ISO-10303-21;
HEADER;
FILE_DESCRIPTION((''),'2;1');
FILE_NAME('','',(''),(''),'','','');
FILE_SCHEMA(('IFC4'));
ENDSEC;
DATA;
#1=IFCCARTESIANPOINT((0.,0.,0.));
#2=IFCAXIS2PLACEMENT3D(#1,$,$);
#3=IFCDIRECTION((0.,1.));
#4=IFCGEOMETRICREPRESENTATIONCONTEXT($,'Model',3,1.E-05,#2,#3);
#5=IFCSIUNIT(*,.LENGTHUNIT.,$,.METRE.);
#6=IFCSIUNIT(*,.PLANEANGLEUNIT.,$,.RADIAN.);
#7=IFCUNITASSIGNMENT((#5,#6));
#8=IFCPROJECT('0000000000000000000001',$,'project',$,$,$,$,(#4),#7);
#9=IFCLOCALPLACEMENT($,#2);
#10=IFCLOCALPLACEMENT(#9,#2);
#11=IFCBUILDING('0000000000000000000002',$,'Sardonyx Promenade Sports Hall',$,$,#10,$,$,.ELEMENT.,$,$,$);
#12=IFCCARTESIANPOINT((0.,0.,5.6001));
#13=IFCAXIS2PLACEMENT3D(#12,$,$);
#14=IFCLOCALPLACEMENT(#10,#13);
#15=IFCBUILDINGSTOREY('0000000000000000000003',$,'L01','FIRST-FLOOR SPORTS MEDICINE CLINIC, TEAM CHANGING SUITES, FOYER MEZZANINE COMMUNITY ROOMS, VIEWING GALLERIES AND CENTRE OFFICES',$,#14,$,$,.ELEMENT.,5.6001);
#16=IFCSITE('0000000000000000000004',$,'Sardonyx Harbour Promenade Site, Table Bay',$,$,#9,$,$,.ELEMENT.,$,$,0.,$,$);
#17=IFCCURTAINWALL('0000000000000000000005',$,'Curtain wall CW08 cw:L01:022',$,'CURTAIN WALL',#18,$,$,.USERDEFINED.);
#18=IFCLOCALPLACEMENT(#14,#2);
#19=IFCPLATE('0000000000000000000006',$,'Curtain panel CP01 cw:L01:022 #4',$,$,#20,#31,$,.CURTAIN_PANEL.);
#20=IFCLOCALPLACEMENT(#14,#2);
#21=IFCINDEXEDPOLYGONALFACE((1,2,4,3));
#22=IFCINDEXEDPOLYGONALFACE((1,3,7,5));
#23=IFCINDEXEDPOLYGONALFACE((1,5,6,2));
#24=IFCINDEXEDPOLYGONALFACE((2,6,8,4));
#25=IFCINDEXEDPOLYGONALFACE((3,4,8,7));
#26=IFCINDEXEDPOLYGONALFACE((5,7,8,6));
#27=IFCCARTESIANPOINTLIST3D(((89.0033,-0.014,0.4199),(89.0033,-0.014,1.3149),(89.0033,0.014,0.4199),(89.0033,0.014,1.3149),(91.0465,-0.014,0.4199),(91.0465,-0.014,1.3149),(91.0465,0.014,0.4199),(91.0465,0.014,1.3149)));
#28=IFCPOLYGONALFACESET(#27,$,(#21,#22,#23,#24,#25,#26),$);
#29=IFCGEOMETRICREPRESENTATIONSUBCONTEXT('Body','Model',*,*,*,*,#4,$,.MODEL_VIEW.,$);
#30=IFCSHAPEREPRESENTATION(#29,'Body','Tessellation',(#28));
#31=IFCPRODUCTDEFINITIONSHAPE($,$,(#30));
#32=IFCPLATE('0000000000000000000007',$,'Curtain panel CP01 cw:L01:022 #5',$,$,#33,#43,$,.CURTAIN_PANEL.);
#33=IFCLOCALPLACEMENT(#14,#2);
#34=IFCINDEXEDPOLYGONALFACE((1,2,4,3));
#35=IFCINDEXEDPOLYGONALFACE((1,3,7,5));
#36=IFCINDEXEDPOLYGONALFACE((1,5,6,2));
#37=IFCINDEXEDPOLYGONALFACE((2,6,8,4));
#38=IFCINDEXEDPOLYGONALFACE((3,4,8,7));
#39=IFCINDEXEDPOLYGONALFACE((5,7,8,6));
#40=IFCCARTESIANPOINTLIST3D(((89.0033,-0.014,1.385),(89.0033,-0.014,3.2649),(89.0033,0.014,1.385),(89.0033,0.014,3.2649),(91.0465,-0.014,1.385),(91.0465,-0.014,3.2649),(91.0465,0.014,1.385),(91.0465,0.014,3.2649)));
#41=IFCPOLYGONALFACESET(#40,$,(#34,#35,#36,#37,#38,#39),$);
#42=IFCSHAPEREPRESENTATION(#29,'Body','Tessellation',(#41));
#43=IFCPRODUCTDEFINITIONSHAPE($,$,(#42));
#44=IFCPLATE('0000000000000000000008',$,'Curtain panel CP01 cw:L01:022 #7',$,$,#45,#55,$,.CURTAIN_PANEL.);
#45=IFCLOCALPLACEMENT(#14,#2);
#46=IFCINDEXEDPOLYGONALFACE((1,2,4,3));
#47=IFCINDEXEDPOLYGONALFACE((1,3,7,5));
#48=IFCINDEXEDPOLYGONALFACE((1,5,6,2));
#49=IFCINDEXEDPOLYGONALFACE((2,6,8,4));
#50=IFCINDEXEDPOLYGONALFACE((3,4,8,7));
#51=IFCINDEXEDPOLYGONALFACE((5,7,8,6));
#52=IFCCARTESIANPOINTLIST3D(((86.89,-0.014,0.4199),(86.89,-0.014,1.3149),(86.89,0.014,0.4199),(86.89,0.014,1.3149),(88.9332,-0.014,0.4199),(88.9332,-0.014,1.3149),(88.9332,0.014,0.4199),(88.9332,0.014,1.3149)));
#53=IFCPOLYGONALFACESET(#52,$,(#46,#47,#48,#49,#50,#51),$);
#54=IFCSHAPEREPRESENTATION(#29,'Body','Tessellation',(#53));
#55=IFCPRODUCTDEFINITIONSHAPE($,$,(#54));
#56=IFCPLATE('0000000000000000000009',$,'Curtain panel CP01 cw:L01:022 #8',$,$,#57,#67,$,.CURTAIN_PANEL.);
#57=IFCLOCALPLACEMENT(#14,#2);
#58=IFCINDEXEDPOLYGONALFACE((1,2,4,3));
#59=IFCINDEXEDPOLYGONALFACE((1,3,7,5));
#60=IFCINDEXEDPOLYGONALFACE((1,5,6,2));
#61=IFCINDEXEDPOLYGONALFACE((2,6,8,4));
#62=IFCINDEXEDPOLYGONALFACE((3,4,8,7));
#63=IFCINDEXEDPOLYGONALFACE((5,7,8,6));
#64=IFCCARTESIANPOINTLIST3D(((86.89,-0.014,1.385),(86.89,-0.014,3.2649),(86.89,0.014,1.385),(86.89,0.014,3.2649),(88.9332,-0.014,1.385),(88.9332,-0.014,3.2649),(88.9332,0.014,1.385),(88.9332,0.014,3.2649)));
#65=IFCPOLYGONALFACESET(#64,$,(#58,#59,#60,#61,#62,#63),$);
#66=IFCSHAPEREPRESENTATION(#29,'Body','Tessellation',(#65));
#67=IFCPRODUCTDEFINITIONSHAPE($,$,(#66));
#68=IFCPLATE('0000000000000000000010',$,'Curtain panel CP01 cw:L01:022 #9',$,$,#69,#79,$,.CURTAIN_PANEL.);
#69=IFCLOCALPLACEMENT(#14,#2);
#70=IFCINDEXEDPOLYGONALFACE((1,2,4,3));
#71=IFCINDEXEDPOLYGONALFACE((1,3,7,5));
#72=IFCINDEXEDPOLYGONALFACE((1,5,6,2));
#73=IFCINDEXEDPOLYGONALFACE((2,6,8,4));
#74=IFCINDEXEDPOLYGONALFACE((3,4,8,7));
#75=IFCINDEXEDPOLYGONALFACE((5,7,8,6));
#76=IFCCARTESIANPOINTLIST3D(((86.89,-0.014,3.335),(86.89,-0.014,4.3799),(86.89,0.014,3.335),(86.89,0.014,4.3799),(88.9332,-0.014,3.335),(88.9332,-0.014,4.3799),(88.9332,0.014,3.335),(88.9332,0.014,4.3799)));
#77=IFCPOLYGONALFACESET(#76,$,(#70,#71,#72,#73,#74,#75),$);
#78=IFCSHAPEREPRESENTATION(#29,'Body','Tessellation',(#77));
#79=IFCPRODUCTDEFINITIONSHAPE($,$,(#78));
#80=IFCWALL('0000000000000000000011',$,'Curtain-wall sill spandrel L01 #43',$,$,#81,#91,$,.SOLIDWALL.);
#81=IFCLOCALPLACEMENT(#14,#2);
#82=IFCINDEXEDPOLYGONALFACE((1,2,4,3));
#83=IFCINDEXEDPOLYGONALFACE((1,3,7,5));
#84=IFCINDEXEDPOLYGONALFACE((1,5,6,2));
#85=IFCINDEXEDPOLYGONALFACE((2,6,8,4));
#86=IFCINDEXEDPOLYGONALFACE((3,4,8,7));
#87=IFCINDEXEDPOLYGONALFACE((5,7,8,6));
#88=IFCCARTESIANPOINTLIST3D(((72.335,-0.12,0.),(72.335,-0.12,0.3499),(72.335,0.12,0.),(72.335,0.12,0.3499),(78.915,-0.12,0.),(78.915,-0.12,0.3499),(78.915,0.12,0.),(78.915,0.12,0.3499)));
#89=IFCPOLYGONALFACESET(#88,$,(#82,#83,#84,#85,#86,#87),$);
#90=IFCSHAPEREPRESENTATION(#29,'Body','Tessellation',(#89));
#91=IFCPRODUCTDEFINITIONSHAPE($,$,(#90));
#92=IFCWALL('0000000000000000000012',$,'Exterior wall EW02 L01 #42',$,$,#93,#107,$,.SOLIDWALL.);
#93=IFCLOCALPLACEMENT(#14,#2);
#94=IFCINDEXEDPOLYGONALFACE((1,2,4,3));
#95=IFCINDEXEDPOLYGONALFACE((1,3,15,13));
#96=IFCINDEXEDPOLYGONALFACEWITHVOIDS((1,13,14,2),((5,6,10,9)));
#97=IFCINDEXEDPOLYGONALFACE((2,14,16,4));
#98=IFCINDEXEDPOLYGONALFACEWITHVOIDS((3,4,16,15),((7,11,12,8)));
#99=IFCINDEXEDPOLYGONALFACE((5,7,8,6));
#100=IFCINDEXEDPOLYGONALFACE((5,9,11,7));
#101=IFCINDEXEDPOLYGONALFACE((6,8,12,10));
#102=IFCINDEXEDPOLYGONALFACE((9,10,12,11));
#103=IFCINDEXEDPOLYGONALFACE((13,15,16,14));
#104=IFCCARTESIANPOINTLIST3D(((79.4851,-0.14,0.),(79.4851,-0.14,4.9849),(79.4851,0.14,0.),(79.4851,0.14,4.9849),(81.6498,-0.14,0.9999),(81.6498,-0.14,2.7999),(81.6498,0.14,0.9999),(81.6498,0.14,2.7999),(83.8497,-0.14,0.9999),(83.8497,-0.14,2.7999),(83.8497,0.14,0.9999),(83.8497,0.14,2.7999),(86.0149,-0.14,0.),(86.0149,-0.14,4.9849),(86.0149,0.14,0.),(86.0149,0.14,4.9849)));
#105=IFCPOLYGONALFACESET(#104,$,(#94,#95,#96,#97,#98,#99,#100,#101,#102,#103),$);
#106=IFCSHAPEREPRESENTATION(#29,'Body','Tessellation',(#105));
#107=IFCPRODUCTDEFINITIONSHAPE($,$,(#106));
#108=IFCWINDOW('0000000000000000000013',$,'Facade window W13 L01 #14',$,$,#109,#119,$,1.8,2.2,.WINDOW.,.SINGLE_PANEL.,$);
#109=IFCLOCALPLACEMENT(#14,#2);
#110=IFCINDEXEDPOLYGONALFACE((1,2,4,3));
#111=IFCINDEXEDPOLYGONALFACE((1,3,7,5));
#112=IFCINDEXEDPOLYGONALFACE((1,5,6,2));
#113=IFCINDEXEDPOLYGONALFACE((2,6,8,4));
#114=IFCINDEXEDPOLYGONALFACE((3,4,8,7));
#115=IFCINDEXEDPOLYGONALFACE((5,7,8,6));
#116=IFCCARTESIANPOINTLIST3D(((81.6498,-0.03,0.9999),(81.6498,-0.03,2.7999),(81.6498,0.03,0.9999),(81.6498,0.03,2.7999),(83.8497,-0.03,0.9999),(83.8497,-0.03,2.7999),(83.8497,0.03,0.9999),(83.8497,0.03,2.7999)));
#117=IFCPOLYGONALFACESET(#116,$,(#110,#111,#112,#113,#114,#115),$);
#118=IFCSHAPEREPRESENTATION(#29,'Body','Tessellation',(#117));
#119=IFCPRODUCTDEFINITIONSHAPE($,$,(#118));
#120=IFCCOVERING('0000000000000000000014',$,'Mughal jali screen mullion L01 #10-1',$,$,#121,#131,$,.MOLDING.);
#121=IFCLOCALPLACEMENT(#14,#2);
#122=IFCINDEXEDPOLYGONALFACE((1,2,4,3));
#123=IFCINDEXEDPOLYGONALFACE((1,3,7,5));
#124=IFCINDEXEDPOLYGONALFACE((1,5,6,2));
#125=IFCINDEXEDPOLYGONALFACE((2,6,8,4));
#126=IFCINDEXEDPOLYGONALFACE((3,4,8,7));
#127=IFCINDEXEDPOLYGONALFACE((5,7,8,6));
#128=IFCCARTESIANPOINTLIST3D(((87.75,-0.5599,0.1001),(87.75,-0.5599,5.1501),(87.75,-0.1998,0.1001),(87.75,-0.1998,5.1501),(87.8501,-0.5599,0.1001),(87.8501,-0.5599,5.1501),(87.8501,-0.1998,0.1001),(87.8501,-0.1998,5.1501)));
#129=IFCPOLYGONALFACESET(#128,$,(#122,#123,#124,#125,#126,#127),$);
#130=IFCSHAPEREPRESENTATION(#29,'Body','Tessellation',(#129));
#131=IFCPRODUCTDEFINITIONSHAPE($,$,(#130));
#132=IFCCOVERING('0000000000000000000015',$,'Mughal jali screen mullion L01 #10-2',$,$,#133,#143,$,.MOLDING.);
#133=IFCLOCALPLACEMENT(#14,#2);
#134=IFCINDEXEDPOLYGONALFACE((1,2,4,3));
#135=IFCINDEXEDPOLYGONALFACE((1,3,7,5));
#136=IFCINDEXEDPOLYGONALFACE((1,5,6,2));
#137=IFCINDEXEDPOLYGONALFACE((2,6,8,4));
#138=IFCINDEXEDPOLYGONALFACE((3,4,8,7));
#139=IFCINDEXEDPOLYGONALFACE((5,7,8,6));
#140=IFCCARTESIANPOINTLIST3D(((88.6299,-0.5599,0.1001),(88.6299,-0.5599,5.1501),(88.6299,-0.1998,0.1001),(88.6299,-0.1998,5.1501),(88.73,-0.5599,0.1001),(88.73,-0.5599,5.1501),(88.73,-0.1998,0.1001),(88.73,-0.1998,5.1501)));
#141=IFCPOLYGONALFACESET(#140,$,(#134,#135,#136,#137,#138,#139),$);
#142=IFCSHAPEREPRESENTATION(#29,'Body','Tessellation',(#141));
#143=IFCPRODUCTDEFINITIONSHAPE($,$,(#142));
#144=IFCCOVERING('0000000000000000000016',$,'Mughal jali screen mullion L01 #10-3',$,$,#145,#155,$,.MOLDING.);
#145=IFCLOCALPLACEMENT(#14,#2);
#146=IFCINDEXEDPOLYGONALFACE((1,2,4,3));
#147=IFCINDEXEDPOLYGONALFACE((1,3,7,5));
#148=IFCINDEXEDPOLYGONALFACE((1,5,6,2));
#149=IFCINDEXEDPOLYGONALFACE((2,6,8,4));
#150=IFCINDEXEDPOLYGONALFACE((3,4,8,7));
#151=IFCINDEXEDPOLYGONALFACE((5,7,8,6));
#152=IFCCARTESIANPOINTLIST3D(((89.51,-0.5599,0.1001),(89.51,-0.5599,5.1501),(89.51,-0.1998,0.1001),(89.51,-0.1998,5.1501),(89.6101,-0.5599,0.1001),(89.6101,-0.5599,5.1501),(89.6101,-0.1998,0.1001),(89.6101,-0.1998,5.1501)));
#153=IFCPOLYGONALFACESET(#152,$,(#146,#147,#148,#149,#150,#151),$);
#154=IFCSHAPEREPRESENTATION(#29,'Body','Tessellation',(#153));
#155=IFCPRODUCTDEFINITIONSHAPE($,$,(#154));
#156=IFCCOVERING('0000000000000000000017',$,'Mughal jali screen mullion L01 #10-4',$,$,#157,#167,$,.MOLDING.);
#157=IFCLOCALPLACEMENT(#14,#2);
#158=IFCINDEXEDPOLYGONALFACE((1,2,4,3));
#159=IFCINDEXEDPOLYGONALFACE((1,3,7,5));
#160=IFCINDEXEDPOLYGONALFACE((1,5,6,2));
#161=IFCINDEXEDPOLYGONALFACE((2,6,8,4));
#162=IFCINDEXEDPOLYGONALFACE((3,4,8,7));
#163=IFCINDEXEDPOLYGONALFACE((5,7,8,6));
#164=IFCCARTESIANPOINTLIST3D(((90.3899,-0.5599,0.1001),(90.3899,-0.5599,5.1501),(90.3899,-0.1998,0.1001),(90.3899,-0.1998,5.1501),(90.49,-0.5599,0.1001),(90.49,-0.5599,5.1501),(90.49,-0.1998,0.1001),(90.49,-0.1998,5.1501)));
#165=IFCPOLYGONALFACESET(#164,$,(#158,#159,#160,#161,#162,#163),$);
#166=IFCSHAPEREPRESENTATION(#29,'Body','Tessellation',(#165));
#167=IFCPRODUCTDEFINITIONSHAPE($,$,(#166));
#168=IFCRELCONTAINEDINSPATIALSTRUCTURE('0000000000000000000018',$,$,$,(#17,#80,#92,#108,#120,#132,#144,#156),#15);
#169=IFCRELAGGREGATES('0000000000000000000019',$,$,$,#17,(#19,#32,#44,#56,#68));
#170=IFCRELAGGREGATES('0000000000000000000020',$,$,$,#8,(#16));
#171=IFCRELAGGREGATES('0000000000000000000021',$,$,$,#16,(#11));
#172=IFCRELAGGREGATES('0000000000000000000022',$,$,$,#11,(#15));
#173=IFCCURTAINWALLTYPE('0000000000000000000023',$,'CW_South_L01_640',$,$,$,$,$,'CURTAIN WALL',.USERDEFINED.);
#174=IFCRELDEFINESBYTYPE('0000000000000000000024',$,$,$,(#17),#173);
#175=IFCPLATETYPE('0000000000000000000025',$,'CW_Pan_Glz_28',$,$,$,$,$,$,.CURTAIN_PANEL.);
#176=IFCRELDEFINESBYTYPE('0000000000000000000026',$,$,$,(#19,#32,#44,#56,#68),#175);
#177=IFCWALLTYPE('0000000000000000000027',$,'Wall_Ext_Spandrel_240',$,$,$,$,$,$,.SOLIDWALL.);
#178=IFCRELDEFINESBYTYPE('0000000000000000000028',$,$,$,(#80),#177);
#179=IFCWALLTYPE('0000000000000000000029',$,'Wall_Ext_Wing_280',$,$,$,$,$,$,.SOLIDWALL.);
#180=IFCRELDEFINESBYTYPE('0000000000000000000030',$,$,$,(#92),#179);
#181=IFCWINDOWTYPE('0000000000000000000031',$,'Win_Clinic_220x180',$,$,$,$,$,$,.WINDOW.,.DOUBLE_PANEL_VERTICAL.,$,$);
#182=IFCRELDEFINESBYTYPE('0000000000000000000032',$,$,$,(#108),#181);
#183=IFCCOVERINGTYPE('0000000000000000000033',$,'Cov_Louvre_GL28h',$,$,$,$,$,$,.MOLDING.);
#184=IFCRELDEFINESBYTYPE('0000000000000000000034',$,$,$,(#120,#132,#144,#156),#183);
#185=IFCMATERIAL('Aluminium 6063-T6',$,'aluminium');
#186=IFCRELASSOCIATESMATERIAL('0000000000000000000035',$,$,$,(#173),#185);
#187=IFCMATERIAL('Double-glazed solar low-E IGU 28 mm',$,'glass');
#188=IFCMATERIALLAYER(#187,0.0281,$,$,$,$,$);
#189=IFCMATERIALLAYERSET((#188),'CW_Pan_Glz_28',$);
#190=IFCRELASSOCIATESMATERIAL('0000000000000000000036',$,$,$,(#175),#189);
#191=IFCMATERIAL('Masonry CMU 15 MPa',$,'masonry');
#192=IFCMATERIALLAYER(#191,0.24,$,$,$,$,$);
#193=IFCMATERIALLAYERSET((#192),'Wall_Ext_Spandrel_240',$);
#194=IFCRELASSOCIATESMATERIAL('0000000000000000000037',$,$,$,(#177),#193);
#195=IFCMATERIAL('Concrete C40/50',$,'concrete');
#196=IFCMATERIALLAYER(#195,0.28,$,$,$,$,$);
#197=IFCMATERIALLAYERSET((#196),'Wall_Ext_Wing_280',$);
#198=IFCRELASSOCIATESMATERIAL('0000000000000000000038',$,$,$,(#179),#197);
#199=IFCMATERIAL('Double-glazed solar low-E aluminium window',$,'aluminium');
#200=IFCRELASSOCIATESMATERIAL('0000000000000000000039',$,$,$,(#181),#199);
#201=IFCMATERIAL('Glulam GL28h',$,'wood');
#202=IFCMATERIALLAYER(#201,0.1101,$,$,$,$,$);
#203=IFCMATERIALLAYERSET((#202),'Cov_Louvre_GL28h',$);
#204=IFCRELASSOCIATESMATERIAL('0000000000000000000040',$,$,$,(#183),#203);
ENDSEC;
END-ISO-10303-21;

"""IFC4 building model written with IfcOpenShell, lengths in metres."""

from ifc_helpers import new_model, si_unit, direction, frame, frame_2d, origin, origin_2d, place, context, subcontext, project, spatial, rectangle, extrude, material, layer, layer_set, type_object, element, fill, aggregate, save


model = new_model("IFC4")

# Units and contexts
model_context = context("Model", 3, precision=1e-05, world=origin(), true_north=direction((0.0, 1.0)))
body_context = subcontext(model_context, "Body", "Model", "MODEL_VIEW")
ifc_project = project(units=[si_unit("LENGTHUNIT", "METRE"), si_unit("PLANEANGLEUNIT", "RADIAN")], contexts=[model_context])

# Site, building, storey
site_placement = place(None, origin())
site = spatial("IfcSite", under=ifc_project, at=site_placement, Name="Sardonyx Harbour Promenade Site, Table Bay", CompositionType="ELEMENT", RefElevation=0.0)
building_placement = place(site_placement, origin())
building = spatial("IfcBuilding", under=site, at=building_placement, Name="Sardonyx Promenade Sports Hall", CompositionType="ELEMENT")
storey_placement = place(building_placement, frame((0.0, 0.0, 5.6001)))
storey = spatial("IfcBuildingStorey", under=building, at=storey_placement, Name="L01", Description="FIRST-FLOOR SPORTS MEDICINE CLINIC, TEAM CHANGING SUITES, FOYER MEZZANINE COMMUNITY ROOMS, VIEWING GALLERIES AND CENTRE OFFICES", CompositionType="ELEMENT", Elevation=5.6001)

# Curtain wall
ifc_material_1 = material(Name="Aluminium 6063-T6", Category="aluminium")
curtain_wall_type = type_object("IfcCurtainWallType", Name="CW_South_L01_640", ElementType="CURTAIN WALL", PredefinedType="USERDEFINED", material=ifc_material_1)
curtain_wall_1_placement = place(storey_placement, origin())
curtain_wall_1 = element("IfcCurtainWall", 1, at=curtain_wall_1_placement, inside=storey, type_object=curtain_wall_type, Name="Curtain wall CW08 cw:L01:022", ObjectType="CURTAIN WALL", PredefinedType="USERDEFINED")

# Plates
ifc_material_2 = material(Name="Double-glazed solar low-E IGU 28 mm", Category="glass")
ifc_layer_1 = layer(ifc_material_2, 0.0281)
ifc_layer_set_1 = layer_set([ifc_layer_1], Name="CW_Pan_Glz_28")
plate_type = type_object("IfcPlateType", Name="CW_Pan_Glz_28", PredefinedType="CURTAIN_PANEL", material=ifc_layer_set_1)
plate_1_placement = place(storey_placement, frame((90.0249, 0.0, 0.4199), z_axis=(0.0, 0.0, 1.0), x_axis=(-1.0, 0.0, 0.0)))
plate_1 = element("IfcPlate", 2, at=plate_1_placement, type_object=plate_type, Name="Curtain panel CP01 cw:L01:022 #4", PredefinedType="CURTAIN_PANEL", context=body_context, shape_type="SweptSolid", body=[
    extrude(rectangle(XDim=2.0432, YDim=0.0281, at=origin_2d()), origin(), (0.0, 0.0, 1.0), 0.895),
])
plate_2_placement = place(storey_placement, frame((90.0249, 0.0, 1.385), z_axis=(0.0, 0.0, 1.0), x_axis=(-1.0, 0.0, 0.0)))
plate_2 = element("IfcPlate", 3, at=plate_2_placement, type_object=plate_type, Name="Curtain panel CP01 cw:L01:022 #5", PredefinedType="CURTAIN_PANEL", context=body_context, shape_type="SweptSolid", body=[
    extrude(rectangle(XDim=2.0432, YDim=0.0281, at=origin_2d()), origin(), (0.0, 0.0, 1.0), 1.8799),
])
plate_3_placement = place(storey_placement, frame((87.9116, 0.0, 0.4199), z_axis=(0.0, 0.0, 1.0), x_axis=(-1.0, 0.0, 0.0)))
plate_3 = element("IfcPlate", 4, at=plate_3_placement, type_object=plate_type, Name="Curtain panel CP01 cw:L01:022 #7", PredefinedType="CURTAIN_PANEL", context=body_context, shape_type="SweptSolid", body=[
    extrude(rectangle(XDim=2.0432, YDim=0.0281, at=origin_2d()), origin(), (0.0, 0.0, 1.0), 0.895),
])
plate_4_placement = place(storey_placement, frame((87.9116, 0.0, 1.385), z_axis=(0.0, 0.0, 1.0), x_axis=(-1.0, 0.0, 0.0)))
plate_4 = element("IfcPlate", 5, at=plate_4_placement, type_object=plate_type, Name="Curtain panel CP01 cw:L01:022 #8", PredefinedType="CURTAIN_PANEL", context=body_context, shape_type="SweptSolid", body=[
    extrude(rectangle(XDim=2.0432, YDim=0.0281, at=origin_2d()), origin(), (0.0, 0.0, 1.0), 1.8799),
])
plate_5_placement = place(storey_placement, frame((87.9116, 0.0, 3.335), z_axis=(0.0, 0.0, 1.0), x_axis=(-1.0, 0.0, 0.0)))
plate_5 = element("IfcPlate", 6, at=plate_5_placement, type_object=plate_type, Name="Curtain panel CP01 cw:L01:022 #9", PredefinedType="CURTAIN_PANEL", context=body_context, shape_type="SweptSolid", body=[
    extrude(rectangle(XDim=2.0432, YDim=0.0281, at=origin_2d()), origin(), (0.0, 0.0, 1.0), 1.0449),
])
aggregate(curtain_wall_1, [plate_1, plate_2, plate_3, plate_4, plate_5])

# Wall
ifc_material_3 = material(Name="Masonry CMU 15 MPa", Category="masonry")
ifc_layer_2 = layer(ifc_material_3, 0.24)
ifc_layer_set_2 = layer_set([ifc_layer_2], Name="Wall_Ext_Spandrel_240")
wall_type_1 = type_object("IfcWallType", Name="Wall_Ext_Spandrel_240", PredefinedType="SOLIDWALL", material=ifc_layer_set_2)
wall_1_placement = place(storey_placement, frame((78.915, 0.0, 0.0), z_axis=(0.0, 0.0, 1.0), x_axis=(-1.0, 0.0, 0.0)))
element("IfcWall", 7, at=wall_1_placement, inside=storey, type_object=wall_type_1, Name="Curtain-wall sill spandrel L01 #43", PredefinedType="SOLIDWALL", context=body_context, shape_type="SweptSolid", body=[
    extrude(rectangle(XDim=6.5801, YDim=0.24, at=frame_2d((3.29, 0.0))), origin(), (0.0, 0.0, 1.0), 0.3499),
])

# Wall, opening, window
ifc_material_4 = material(Name="Concrete C40/50", Category="concrete")
ifc_layer_3 = layer(ifc_material_4, 0.28)
ifc_layer_set_3 = layer_set([ifc_layer_3], Name="Wall_Ext_Wing_280")
wall_type_2 = type_object("IfcWallType", Name="Wall_Ext_Wing_280", PredefinedType="SOLIDWALL", material=ifc_layer_set_3)
wall_2_placement = place(storey_placement, frame((86.0149, 0.0, 0.0), z_axis=(0.0, 0.0, 1.0), x_axis=(-1.0, 0.0, 0.0)))
wall_2 = element("IfcWall", 8, at=wall_2_placement, inside=storey, type_object=wall_type_2, Name="Exterior wall EW02 L01 #42", PredefinedType="SOLIDWALL", context=body_context, shape_type="SweptSolid", body=[
    extrude(rectangle(XDim=6.5298, YDim=0.28, at=frame_2d((3.2649, 0.0))), origin(), (0.0, 0.0, 1.0), 4.9849),
])
opening_placement = place(wall_2_placement, frame((2.165, 0.0, 1.0)))
opening = element("IfcOpeningElement", 9, at=opening_placement, cuts=wall_2, PredefinedType="OPENING", context=body_context, shape_type="SweptSolid", body=[
    extrude(rectangle(XDim=2.2, YDim=1.8, at=frame_2d((1.1001, 0.8999))), frame((0.0, 0.15, 0.0), z_axis=(0.0, -1.0, 0.0), x_axis=(1.0, 0.0, 0.0)), (0.0, 0.0, 1.0), 0.3),
])
ifc_material_5 = material(Name="Double-glazed solar low-E aluminium window", Category="aluminium")
window_type = type_object("IfcWindowType", Name="Win_Clinic_220x180", PartitioningType="DOUBLE_PANEL_VERTICAL", PredefinedType="WINDOW", material=ifc_material_5)
window_placement = place(opening_placement, origin())
window = element("IfcWindow", 10, at=window_placement, inside=storey, type_object=window_type, Name="Facade window W13 L01 #14", OverallHeight=1.8, OverallWidth=2.2, PartitioningType="SINGLE_PANEL", PredefinedType="WINDOW", context=body_context, shape_type="SweptSolid", body=[
    extrude(rectangle(XDim=2.2, YDim=1.8, at=frame_2d((1.1001, 0.8999))), frame((0.0, 0.03, 0.0), z_axis=(0.0, -1.0, 0.0), x_axis=(1.0, 0.0, 0.0)), (0.0, 0.0, 1.0), 0.0601),
])
fill(opening, window)

# Coverings
ifc_material_6 = material(Name="Glulam GL28h", Category="wood")
ifc_layer_4 = layer(ifc_material_6, 0.1101)
ifc_layer_set_4 = layer_set([ifc_layer_4], Name="Cov_Louvre_GL28h")
covering_type = type_object("IfcCoveringType", Name="Cov_Louvre_GL28h", PredefinedType="MOLDING", material=ifc_layer_set_4)
for number, where, z_axis, x_axis, name in (
    (11, (87.8, -0.3799, 0.1001), (0.0, 0.0, 1.0), (1.0, 0.0, 0.0), "Mughal jali screen mullion L01 #10-1"),
    (12, (88.6799, -0.3799, 0.1001), (0.0, 0.0, 1.0), (1.0, 0.0, 0.0), "Mughal jali screen mullion L01 #10-2"),
    (13, (89.5601, -0.3799, 0.1001), (0.0, 0.0, 1.0), (1.0, 0.0, 0.0), "Mughal jali screen mullion L01 #10-3"),
    (14, (90.4399, -0.3799, 0.1001), (0.0, 0.0, 1.0), (1.0, 0.0, 0.0), "Mughal jali screen mullion L01 #10-4"),
):
    element("IfcCovering", number, at=place(storey_placement, frame(where, z_axis=z_axis, x_axis=x_axis)), inside=storey, type_object=covering_type, Name=name, PredefinedType="MOLDING", context=body_context, shape_type="SweptSolid", body=[
        extrude(rectangle(XDim=0.1001, YDim=0.3601, at=origin_2d()), origin(), (0.0, 0.0, 1.0), 5.05),
    ])

save(model, "model.ifc")
